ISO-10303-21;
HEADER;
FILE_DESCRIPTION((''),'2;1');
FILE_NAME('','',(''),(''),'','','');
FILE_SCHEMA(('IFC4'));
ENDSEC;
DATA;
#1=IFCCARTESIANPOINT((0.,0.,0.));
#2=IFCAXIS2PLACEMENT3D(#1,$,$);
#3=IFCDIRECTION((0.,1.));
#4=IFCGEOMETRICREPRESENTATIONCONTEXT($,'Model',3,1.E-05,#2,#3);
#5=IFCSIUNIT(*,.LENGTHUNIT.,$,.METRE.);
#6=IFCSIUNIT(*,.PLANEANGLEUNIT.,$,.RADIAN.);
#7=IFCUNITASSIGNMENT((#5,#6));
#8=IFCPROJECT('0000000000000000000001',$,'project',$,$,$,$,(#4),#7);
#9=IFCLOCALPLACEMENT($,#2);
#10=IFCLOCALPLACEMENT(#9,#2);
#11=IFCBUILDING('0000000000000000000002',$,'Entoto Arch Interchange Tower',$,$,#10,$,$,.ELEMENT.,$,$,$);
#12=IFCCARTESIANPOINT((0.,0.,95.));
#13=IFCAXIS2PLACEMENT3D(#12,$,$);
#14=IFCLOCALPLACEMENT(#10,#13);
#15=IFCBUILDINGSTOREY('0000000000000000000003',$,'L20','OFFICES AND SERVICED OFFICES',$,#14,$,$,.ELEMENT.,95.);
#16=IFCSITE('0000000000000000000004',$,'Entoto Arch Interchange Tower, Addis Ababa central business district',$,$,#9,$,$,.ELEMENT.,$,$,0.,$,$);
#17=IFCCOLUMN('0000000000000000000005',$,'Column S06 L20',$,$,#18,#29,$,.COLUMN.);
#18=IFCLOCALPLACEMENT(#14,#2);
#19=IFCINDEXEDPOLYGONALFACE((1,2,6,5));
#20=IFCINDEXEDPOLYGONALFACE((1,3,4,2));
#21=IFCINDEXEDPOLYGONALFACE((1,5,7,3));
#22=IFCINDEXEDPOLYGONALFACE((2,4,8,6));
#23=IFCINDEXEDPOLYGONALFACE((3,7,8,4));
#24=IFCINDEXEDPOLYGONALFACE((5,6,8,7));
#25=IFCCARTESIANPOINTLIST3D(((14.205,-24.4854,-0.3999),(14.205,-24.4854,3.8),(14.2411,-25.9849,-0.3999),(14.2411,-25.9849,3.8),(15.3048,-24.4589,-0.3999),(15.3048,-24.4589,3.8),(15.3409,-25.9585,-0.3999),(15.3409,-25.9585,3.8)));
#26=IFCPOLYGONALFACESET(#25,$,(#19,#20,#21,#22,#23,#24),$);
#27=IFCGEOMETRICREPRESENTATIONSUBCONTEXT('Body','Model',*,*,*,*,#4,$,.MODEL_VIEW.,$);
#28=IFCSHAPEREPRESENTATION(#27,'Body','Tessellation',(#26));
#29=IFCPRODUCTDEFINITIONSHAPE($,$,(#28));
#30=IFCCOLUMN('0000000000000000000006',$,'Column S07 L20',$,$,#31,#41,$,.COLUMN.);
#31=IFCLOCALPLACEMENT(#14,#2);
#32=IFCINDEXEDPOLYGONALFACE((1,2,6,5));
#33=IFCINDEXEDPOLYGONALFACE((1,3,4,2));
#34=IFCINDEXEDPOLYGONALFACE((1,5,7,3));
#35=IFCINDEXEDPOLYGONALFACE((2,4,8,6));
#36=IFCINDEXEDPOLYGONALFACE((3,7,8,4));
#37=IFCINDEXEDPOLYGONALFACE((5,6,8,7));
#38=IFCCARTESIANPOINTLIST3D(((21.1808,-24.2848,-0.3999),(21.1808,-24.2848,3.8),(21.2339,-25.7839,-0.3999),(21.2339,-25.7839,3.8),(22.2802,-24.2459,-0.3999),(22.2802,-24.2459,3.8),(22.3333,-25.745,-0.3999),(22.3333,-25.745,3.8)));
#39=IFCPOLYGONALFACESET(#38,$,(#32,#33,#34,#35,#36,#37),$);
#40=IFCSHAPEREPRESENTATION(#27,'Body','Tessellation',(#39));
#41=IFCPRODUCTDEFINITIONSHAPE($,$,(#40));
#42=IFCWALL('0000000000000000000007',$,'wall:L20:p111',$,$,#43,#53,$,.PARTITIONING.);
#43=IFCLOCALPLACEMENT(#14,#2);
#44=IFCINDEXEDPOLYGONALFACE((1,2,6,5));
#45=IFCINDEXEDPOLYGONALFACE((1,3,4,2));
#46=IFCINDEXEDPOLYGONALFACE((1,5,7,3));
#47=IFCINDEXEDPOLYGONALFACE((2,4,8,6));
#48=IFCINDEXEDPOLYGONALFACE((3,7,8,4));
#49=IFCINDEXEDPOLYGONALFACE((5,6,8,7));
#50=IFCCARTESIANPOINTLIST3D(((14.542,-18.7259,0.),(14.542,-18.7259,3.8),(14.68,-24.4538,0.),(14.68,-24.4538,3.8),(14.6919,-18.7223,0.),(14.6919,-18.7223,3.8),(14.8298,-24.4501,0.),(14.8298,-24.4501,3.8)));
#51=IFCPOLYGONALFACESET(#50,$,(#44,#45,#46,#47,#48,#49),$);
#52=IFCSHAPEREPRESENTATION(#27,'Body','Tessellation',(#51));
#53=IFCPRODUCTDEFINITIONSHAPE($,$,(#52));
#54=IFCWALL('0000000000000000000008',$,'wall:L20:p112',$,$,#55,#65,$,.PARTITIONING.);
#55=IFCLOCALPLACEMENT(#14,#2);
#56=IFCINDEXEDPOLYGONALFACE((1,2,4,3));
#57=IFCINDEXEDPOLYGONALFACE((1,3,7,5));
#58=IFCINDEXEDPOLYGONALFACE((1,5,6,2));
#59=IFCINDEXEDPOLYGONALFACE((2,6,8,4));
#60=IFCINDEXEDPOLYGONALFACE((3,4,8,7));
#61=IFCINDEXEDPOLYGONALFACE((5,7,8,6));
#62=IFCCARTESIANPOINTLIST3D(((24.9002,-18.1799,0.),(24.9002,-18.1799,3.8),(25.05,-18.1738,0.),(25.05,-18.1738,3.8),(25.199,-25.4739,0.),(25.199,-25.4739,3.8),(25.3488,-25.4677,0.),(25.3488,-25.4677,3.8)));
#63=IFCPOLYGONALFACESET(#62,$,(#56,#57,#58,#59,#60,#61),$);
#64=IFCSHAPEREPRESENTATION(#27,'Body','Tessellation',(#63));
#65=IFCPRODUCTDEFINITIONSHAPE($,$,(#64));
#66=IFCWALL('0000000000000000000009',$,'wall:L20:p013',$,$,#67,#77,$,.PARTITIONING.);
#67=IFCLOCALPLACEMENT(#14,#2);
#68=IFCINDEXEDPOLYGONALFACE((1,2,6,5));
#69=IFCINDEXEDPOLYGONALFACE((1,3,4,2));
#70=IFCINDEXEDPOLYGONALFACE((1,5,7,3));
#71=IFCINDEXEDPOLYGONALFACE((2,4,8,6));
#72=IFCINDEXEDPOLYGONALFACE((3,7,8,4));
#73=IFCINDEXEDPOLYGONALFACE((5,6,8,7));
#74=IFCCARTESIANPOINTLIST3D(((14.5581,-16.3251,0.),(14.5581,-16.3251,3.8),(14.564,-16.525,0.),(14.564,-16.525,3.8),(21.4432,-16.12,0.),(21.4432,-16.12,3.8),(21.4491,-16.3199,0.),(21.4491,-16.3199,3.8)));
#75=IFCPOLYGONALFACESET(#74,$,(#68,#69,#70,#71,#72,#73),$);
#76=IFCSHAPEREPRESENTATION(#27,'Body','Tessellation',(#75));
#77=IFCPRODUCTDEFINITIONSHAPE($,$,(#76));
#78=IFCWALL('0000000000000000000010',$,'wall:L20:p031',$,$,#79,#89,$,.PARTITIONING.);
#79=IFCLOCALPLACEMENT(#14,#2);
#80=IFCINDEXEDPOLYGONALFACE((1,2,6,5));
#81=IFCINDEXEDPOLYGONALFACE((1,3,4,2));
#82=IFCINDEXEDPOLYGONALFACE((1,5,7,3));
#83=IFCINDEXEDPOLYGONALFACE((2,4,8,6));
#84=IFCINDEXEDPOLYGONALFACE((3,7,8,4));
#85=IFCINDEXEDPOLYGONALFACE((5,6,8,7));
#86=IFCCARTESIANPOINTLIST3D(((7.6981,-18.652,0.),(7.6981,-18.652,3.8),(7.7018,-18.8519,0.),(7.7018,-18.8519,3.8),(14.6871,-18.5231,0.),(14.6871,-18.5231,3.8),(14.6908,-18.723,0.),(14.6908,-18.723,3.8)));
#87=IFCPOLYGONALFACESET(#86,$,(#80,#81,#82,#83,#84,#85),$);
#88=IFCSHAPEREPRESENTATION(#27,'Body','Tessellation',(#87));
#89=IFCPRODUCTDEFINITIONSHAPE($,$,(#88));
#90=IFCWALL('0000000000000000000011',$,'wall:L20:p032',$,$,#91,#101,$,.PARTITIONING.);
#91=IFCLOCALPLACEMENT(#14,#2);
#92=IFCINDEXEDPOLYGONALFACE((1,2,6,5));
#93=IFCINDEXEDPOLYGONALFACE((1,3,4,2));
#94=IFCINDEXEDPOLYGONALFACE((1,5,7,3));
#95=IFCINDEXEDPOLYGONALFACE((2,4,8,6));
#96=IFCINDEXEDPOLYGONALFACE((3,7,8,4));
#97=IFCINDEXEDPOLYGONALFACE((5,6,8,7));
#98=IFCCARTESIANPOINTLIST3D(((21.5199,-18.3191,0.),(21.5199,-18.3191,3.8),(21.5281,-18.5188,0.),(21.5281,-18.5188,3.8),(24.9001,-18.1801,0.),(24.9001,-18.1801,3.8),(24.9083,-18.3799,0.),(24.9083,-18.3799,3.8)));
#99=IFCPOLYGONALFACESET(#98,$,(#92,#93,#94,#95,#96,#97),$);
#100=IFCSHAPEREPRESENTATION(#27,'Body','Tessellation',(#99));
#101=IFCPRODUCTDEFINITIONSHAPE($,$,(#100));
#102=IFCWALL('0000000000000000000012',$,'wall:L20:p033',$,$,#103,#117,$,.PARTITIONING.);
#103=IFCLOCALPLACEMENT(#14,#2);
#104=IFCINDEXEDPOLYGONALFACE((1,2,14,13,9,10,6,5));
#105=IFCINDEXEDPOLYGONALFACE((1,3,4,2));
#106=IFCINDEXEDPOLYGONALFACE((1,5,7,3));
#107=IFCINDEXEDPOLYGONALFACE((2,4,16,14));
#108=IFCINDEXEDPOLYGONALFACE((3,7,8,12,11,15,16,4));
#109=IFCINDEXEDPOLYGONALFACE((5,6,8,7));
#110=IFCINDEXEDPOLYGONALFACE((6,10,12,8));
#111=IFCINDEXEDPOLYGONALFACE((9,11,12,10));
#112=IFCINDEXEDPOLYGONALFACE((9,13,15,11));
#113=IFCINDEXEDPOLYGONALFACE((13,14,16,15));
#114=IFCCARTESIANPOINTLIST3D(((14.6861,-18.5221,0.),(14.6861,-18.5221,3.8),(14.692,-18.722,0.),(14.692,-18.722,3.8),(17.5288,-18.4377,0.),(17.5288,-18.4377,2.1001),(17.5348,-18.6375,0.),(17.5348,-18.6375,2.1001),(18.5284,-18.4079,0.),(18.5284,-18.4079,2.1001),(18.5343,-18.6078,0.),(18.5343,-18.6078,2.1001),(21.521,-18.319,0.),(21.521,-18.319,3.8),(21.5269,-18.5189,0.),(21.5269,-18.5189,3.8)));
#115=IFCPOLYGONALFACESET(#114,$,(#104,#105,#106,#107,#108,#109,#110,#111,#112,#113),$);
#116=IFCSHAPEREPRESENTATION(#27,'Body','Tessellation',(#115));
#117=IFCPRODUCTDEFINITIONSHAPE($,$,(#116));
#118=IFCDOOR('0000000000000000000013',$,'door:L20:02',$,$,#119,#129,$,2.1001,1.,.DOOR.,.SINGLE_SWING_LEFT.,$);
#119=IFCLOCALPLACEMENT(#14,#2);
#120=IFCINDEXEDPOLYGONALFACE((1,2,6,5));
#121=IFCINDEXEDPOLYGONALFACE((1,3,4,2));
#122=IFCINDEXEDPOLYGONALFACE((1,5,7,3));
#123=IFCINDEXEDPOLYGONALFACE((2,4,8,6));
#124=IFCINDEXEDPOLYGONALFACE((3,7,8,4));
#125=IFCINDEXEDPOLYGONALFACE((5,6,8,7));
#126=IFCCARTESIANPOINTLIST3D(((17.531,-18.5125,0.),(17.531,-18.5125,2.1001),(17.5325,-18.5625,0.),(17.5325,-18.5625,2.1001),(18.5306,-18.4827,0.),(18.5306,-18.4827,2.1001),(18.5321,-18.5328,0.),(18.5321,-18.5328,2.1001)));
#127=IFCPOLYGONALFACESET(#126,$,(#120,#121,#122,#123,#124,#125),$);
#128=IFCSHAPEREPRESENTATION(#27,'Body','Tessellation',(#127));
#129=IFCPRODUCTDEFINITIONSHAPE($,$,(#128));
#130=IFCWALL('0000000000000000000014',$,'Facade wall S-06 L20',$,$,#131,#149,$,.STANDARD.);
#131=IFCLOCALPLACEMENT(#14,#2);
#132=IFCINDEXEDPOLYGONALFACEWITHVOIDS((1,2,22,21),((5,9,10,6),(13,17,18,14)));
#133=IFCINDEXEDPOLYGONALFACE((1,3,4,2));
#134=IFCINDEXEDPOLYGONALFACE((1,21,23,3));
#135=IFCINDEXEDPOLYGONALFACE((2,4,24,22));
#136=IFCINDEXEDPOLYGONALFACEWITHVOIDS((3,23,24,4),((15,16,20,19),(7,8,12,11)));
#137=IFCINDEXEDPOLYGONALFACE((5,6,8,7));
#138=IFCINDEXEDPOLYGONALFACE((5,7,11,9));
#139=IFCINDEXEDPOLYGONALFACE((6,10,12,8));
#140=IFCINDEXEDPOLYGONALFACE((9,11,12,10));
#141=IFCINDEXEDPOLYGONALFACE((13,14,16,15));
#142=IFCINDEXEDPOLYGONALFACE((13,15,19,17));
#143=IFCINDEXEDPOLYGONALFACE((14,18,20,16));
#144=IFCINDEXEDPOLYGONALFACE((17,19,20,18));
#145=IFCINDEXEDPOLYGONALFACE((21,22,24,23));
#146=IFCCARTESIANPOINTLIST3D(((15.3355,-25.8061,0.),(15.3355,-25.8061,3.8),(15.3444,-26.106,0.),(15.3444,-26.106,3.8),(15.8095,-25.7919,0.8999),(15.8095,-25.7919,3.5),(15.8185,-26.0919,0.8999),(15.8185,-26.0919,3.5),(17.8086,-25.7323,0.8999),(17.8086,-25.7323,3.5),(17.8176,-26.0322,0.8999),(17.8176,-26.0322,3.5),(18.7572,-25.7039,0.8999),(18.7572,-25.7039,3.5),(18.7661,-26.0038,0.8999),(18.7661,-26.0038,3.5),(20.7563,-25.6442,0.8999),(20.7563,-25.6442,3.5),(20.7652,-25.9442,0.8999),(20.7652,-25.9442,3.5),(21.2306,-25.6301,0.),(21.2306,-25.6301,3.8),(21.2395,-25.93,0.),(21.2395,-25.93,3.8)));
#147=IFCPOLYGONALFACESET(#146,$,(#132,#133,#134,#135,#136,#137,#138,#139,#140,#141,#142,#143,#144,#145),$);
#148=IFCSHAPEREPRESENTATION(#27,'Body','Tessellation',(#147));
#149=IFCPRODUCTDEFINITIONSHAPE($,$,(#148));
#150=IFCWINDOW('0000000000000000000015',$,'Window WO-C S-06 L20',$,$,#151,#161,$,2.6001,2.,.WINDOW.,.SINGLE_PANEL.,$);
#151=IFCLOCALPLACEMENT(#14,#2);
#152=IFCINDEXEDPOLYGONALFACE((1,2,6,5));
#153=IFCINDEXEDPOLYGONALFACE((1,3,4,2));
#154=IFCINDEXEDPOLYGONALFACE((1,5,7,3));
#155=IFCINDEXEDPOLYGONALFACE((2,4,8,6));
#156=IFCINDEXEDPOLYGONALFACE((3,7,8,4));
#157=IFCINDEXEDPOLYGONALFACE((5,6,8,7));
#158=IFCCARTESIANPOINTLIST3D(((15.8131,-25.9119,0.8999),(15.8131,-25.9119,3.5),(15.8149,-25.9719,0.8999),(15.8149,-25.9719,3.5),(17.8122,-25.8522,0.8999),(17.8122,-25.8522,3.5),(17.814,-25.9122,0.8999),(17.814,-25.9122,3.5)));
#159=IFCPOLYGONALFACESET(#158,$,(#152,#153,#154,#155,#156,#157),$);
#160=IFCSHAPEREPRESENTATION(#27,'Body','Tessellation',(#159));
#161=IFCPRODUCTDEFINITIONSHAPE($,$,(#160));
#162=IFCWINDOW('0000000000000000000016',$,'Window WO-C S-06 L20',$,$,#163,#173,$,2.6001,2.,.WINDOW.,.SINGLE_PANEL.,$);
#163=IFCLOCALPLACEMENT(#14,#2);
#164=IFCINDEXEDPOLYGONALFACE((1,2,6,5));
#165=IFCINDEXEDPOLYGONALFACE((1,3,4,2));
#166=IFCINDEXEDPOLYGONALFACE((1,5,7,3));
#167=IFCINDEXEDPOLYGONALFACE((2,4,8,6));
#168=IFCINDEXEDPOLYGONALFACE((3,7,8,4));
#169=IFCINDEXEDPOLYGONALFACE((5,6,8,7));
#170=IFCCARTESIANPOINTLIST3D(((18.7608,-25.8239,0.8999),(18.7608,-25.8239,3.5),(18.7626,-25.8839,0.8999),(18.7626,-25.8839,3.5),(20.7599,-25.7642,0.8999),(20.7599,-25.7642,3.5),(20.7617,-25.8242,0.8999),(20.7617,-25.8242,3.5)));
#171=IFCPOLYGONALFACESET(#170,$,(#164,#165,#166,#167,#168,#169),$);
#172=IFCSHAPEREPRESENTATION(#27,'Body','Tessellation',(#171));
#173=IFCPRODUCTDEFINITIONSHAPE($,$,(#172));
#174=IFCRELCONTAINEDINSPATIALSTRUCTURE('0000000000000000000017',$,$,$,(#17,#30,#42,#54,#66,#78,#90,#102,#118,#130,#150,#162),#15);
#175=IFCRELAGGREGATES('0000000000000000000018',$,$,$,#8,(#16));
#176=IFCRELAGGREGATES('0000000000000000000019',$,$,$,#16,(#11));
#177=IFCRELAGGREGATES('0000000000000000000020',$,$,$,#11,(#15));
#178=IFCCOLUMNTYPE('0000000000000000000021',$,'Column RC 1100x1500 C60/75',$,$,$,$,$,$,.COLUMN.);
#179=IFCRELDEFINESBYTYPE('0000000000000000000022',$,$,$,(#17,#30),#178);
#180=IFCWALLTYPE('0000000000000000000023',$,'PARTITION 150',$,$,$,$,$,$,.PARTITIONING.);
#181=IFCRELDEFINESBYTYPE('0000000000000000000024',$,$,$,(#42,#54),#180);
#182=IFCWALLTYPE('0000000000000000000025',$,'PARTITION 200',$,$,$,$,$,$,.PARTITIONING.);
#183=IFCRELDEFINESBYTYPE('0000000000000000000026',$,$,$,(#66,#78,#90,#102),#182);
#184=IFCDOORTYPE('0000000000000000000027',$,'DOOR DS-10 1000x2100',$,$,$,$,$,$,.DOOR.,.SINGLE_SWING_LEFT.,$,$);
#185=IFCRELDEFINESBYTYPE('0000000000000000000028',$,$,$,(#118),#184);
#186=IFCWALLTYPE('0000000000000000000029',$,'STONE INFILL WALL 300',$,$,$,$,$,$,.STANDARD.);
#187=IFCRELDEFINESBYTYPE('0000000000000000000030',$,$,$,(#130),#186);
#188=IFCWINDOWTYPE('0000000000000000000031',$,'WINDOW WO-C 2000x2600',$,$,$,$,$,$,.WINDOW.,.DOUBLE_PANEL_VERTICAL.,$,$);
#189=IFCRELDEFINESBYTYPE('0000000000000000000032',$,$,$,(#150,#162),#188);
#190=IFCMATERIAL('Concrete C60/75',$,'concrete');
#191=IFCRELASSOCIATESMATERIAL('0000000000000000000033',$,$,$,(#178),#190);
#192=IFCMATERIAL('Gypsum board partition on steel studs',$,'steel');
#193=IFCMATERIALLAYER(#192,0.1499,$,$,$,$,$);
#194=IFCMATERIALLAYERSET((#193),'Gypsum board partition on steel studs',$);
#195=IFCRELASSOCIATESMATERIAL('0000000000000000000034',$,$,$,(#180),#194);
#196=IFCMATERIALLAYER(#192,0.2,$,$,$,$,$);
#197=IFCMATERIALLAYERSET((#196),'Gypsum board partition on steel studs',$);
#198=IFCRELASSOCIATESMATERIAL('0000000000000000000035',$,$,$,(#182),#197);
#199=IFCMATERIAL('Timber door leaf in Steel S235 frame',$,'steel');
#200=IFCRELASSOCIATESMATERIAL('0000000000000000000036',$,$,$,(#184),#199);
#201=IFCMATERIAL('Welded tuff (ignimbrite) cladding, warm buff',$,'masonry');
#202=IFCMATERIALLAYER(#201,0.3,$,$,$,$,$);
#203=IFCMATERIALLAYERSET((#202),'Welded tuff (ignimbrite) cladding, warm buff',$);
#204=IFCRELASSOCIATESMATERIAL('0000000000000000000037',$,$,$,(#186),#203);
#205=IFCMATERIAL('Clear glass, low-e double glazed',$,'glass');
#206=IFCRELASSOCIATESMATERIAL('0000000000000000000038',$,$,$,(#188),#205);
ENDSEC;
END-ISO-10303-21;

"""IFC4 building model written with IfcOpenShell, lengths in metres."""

from ifc_helpers import new_model, si_unit, direction, frame, frame_2d, origin, origin_2d, place, context, subcontext, project, spatial, rectangle, extrude, material, layer, layer_set, material_profile, profile_set, type_object, element, fill, save


model = new_model("IFC4")

# Units and contexts
model_context = context("Model", 3, precision=1e-05, world=origin(), true_north=direction((0.0, 1.0)))
body_context = subcontext(model_context, "Body", "Model", "MODEL_VIEW")
ifc_project = project(units=[si_unit("LENGTHUNIT", "METRE"), si_unit("PLANEANGLEUNIT", "RADIAN")], contexts=[model_context])

# Site, building, storey
site_placement = place(None, origin())
site = spatial("IfcSite", under=ifc_project, at=site_placement, Name="Entoto Arch Interchange Tower, Addis Ababa central business district", CompositionType="ELEMENT", RefElevation=0.0)
building_placement = place(site_placement, origin())
building = spatial("IfcBuilding", under=site, at=building_placement, Name="Entoto Arch Interchange Tower", CompositionType="ELEMENT")
storey_placement = place(building_placement, frame((0.0, 0.0, 95.0)))
storey = spatial("IfcBuildingStorey", under=building, at=storey_placement, Name="L20", Description="OFFICES AND SERVICED OFFICES", CompositionType="ELEMENT", Elevation=95.0)

# Columns
ifc_material_1 = material(Name="Concrete C60/75", Category="concrete")
ifc_material_profile = material_profile(ifc_material_1, rectangle(XDim=1.1001, YDim=1.5, at=origin_2d()))
ifc_profile_set = profile_set([ifc_material_profile], Name="Concrete C60/75")
column_type = type_object("IfcColumnType", Name="Column RC 1100x1500 C60/75", PredefinedType="COLUMN", material=ifc_profile_set)
for number, where, z_axis, x_axis, name in (
    (1, (14.7729, -25.2219, -0.3999), (0.0, 0.0, 1.0), (0.999711, 0.024031, 0.0), "Column S06 L20"),
    (2, (21.7571, -25.0149, -0.3999), (0.0, 0.0, 1.0), (0.999374, 0.035388, 0.0), "Column S07 L20"),
):
    element("IfcColumn", number, at=place(storey_placement, frame(where, z_axis=z_axis, x_axis=x_axis)), inside=storey, type_object=column_type, Name=name, PredefinedType="COLUMN", context=body_context, shape_type="SweptSolid", body=[
        extrude(rectangle(XDim=1.1001, YDim=1.5, at=origin_2d()), origin(), (0.0, 0.0, 1.0), 4.2),
    ])

# Walls
ifc_material_2 = material(Name="Gypsum board partition on steel studs", Category="steel")
ifc_layer_1 = layer(ifc_material_2, 0.1499)
ifc_layer_set_1 = layer_set([ifc_layer_1], Name="Gypsum board partition on steel studs")
wall_type_1 = type_object("IfcWallType", Name="PARTITION 150", PredefinedType="PARTITIONING", material=ifc_layer_set_1)
wall_1_placement = place(storey_placement, frame((14.6169, -18.7241, 0.0), z_axis=(0.0, 0.0, 1.0), x_axis=(0.024076, -0.99971, 0.0)))
element("IfcWall", 3, at=wall_1_placement, inside=storey, type_object=wall_type_1, Name="wall:L20:p111", PredefinedType="PARTITIONING", context=body_context, shape_type="SweptSolid", body=[
    extrude(rectangle(XDim=5.7295, YDim=0.1499, at=frame_2d((2.8647, 0.0))), origin(), (0.0, 0.0, 1.0), 3.8),
])
wall_2_placement = place(storey_placement, frame((24.9751, -18.177, 0.0), z_axis=(0.0, 0.0, 1.0), x_axis=(0.040935, -0.999162, 0.0)))
element("IfcWall", 4, at=wall_2_placement, inside=storey, type_object=wall_type_1, Name="wall:L20:p112", PredefinedType="PARTITIONING", context=body_context, shape_type="SweptSolid", body=[
    extrude(rectangle(XDim=7.3, YDim=0.1499, at=frame_2d((3.6499, 0.0))), origin(), (0.0, 0.0, 1.0), 3.8),
])
ifc_layer_2 = layer(ifc_material_2, 0.2)
ifc_layer_set_2 = layer_set([ifc_layer_2], Name="Gypsum board partition on steel studs")
wall_type_2 = type_object("IfcWallType", Name="PARTITION 200", PredefinedType="PARTITIONING", material=ifc_layer_set_2)
wall_3_placement = place(storey_placement, frame((14.561, -16.425, 0.0), z_axis=(0.0, 0.0, 1.0), x_axis=(0.999557, 0.029773, 0.0)))
element("IfcWall", 5, at=wall_3_placement, inside=storey, type_object=wall_type_2, Name="wall:L20:p013", PredefinedType="PARTITIONING", context=body_context, shape_type="SweptSolid", body=[
    extrude(rectangle(XDim=6.8882, YDim=0.2, at=frame_2d((3.4441, 0.0))), origin(), (0.0, 0.0, 1.0), 3.8),
])
wall_4_placement = place(storey_placement, frame((14.689, -18.623, 0.0), z_axis=(0.0, 0.0, 1.0), x_axis=(-0.99983, -0.018441, 0.0)))
element("IfcWall", 6, at=wall_4_placement, inside=storey, type_object=wall_type_2, Name="wall:L20:p031", PredefinedType="PARTITIONING", context=body_context, shape_type="SweptSolid", body=[
    extrude(rectangle(XDim=6.9902, YDim=0.2, at=frame_2d((3.4951, 0.0))), origin(), (0.0, 0.0, 1.0), 3.8),
])
wall_5_placement = place(storey_placement, frame((24.9041, -18.28, 0.0), z_axis=(0.0, 0.0, 1.0), x_axis=(-0.999157, -0.041063, 0.0)))
element("IfcWall", 7, at=wall_5_placement, inside=storey, type_object=wall_type_2, Name="wall:L20:p032", PredefinedType="PARTITIONING", context=body_context, shape_type="SweptSolid", body=[
    extrude(rectangle(XDim=3.3831, YDim=0.2, at=frame_2d((1.6914, 0.0))), origin(), (0.0, 0.0, 1.0), 3.8),
])

# Wall, opening, door
wall_6_placement = place(storey_placement, frame((21.5239, -18.4189, 0.0), z_axis=(0.0, 0.0, 1.0), x_axis=(-0.999559, -0.029705, 0.0)))
wall_6 = element("IfcWall", 8, at=wall_6_placement, inside=storey, type_object=wall_type_2, Name="wall:L20:p033", PredefinedType="PARTITIONING", context=body_context, shape_type="SweptSolid", body=[
    extrude(rectangle(XDim=6.8379, YDim=0.2, at=frame_2d((3.4189, 0.0))), origin(), (0.0, 0.0, 1.0), 3.8),
])
opening_1_placement = place(wall_6_placement, frame((2.9939, 0.0, 0.0)))
opening_1 = element("IfcOpeningElement", 9, at=opening_1_placement, cuts=wall_6, PredefinedType="OPENING", context=body_context, shape_type="SweptSolid", body=[
    extrude(rectangle(XDim=1.0, YDim=2.1001, at=frame_2d((0.5, 1.05))), frame((0.0, 0.1099, 0.0), z_axis=(0.0, -1.0, 0.0), x_axis=(1.0, 0.0, 0.0)), (0.0, 0.0, 1.0), 0.22),
])
ifc_material_3 = material(Name="Timber door leaf in Steel S235 frame", Category="steel")
door_type = type_object("IfcDoorType", Name="DOOR DS-10 1000x2100", OperationType="SINGLE_SWING_LEFT", PredefinedType="DOOR", material=ifc_material_3)
door_placement = place(opening_1_placement, origin())
door = element("IfcDoor", 10, at=door_placement, inside=storey, type_object=door_type, Name="door:L20:02", OperationType="SINGLE_SWING_LEFT", OverallHeight=2.1001, OverallWidth=1.0, PredefinedType="DOOR", context=body_context, shape_type="SweptSolid", body=[
    extrude(rectangle(XDim=1.0, YDim=2.1001, at=frame_2d((0.5, 1.05))), frame((0.0, 0.0249, 0.0), z_axis=(0.0, -1.0, 0.0), x_axis=(1.0, 0.0, 0.0)), (0.0, 0.0, 1.0), 0.05),
])
fill(opening_1, door)

# Wall, openings, windows
ifc_material_4 = material(Name="Welded tuff (ignimbrite) cladding, warm buff", Category="masonry")
ifc_layer_3 = layer(ifc_material_4, 0.3)
ifc_layer_set_3 = layer_set([ifc_layer_3], Name="Welded tuff (ignimbrite) cladding, warm buff")
wall_type_3 = type_object("IfcWallType", Name="STONE INFILL WALL 300", PredefinedType="STANDARD", material=ifc_layer_set_3)
wall_7_placement = place(storey_placement, frame((15.3401, -25.9561, 0.0), z_axis=(0.0, 0.0, 1.0), x_axis=(0.999554, 0.029847, 0.0)))
wall_7 = element("IfcWall", 11, at=wall_7_placement, inside=storey, type_object=wall_type_3, Name="Facade wall S-06 L20", PredefinedType="STANDARD", context=body_context, shape_type="SweptSolid", body=[
    extrude(rectangle(XDim=5.8977, YDim=0.3, at=frame_2d((2.9487, 0.0))), origin(), (0.0, 0.0, 1.0), 3.8),
])
opening_2_placement = place(wall_7_placement, frame((0.4741, 0.0, 0.8999)))
opening_2 = element("IfcOpeningElement", 12, at=opening_2_placement, cuts=wall_7, PredefinedType="OPENING", context=body_context, shape_type="SweptSolid", body=[
    extrude(rectangle(XDim=2.0, YDim=2.6001, at=frame_2d((1.0, 1.3))), frame((0.0, 0.1602, 0.0), z_axis=(0.0, -1.0, 0.0), x_axis=(1.0, 0.0, 0.0)), (0.0, 0.0, 1.0), 0.3201),
])
opening_3_placement = place(wall_7_placement, frame((3.4231, 0.0, 0.8999)))
opening_3 = element("IfcOpeningElement", 13, at=opening_3_placement, cuts=wall_7, PredefinedType="OPENING", context=body_context, shape_type="SweptSolid", body=[
    extrude(rectangle(XDim=2.0, YDim=2.6001, at=frame_2d((1.0, 1.3))), frame((0.0, 0.1602, 0.0), z_axis=(0.0, -1.0, 0.0), x_axis=(1.0, 0.0, 0.0)), (0.0, 0.0, 1.0), 0.3201),
])
ifc_material_5 = material(Name="Clear glass, low-e double glazed", Category="glass")
window_type = type_object("IfcWindowType", Name="WINDOW WO-C 2000x2600", PartitioningType="DOUBLE_PANEL_VERTICAL", PredefinedType="WINDOW", material=ifc_material_5)
window_1_placement = place(opening_2_placement, origin())
window_1 = element("IfcWindow", 14, at=window_1_placement, inside=storey, type_object=window_type, Name="Window WO-C S-06 L20", OverallHeight=2.6001, OverallWidth=2.0, PartitioningType="SINGLE_PANEL", PredefinedType="WINDOW", context=body_context, shape_type="SweptSolid", body=[
    extrude(rectangle(XDim=2.0, YDim=2.6001, at=frame_2d((1.0, 1.3))), frame((0.0, 0.03, 0.0), z_axis=(0.0, -1.0, 0.0), x_axis=(1.0, 0.0, 0.0)), (0.0, 0.0, 1.0), 0.0601),
])
fill(opening_2, window_1)
window_2_placement = place(opening_3_placement, origin())
window_2 = element("IfcWindow", 15, at=window_2_placement, inside=storey, type_object=window_type, Name="Window WO-C S-06 L20", OverallHeight=2.6001, OverallWidth=2.0, PartitioningType="SINGLE_PANEL", PredefinedType="WINDOW", context=body_context, shape_type="SweptSolid", body=[
    extrude(rectangle(XDim=2.0, YDim=2.6001, at=frame_2d((1.0, 1.3))), frame((0.0, 0.03, 0.0), z_axis=(0.0, -1.0, 0.0), x_axis=(1.0, 0.0, 0.0)), (0.0, 0.0, 1.0), 0.0601),
])
fill(opening_3, window_2)

save(model, "model.ifc")
